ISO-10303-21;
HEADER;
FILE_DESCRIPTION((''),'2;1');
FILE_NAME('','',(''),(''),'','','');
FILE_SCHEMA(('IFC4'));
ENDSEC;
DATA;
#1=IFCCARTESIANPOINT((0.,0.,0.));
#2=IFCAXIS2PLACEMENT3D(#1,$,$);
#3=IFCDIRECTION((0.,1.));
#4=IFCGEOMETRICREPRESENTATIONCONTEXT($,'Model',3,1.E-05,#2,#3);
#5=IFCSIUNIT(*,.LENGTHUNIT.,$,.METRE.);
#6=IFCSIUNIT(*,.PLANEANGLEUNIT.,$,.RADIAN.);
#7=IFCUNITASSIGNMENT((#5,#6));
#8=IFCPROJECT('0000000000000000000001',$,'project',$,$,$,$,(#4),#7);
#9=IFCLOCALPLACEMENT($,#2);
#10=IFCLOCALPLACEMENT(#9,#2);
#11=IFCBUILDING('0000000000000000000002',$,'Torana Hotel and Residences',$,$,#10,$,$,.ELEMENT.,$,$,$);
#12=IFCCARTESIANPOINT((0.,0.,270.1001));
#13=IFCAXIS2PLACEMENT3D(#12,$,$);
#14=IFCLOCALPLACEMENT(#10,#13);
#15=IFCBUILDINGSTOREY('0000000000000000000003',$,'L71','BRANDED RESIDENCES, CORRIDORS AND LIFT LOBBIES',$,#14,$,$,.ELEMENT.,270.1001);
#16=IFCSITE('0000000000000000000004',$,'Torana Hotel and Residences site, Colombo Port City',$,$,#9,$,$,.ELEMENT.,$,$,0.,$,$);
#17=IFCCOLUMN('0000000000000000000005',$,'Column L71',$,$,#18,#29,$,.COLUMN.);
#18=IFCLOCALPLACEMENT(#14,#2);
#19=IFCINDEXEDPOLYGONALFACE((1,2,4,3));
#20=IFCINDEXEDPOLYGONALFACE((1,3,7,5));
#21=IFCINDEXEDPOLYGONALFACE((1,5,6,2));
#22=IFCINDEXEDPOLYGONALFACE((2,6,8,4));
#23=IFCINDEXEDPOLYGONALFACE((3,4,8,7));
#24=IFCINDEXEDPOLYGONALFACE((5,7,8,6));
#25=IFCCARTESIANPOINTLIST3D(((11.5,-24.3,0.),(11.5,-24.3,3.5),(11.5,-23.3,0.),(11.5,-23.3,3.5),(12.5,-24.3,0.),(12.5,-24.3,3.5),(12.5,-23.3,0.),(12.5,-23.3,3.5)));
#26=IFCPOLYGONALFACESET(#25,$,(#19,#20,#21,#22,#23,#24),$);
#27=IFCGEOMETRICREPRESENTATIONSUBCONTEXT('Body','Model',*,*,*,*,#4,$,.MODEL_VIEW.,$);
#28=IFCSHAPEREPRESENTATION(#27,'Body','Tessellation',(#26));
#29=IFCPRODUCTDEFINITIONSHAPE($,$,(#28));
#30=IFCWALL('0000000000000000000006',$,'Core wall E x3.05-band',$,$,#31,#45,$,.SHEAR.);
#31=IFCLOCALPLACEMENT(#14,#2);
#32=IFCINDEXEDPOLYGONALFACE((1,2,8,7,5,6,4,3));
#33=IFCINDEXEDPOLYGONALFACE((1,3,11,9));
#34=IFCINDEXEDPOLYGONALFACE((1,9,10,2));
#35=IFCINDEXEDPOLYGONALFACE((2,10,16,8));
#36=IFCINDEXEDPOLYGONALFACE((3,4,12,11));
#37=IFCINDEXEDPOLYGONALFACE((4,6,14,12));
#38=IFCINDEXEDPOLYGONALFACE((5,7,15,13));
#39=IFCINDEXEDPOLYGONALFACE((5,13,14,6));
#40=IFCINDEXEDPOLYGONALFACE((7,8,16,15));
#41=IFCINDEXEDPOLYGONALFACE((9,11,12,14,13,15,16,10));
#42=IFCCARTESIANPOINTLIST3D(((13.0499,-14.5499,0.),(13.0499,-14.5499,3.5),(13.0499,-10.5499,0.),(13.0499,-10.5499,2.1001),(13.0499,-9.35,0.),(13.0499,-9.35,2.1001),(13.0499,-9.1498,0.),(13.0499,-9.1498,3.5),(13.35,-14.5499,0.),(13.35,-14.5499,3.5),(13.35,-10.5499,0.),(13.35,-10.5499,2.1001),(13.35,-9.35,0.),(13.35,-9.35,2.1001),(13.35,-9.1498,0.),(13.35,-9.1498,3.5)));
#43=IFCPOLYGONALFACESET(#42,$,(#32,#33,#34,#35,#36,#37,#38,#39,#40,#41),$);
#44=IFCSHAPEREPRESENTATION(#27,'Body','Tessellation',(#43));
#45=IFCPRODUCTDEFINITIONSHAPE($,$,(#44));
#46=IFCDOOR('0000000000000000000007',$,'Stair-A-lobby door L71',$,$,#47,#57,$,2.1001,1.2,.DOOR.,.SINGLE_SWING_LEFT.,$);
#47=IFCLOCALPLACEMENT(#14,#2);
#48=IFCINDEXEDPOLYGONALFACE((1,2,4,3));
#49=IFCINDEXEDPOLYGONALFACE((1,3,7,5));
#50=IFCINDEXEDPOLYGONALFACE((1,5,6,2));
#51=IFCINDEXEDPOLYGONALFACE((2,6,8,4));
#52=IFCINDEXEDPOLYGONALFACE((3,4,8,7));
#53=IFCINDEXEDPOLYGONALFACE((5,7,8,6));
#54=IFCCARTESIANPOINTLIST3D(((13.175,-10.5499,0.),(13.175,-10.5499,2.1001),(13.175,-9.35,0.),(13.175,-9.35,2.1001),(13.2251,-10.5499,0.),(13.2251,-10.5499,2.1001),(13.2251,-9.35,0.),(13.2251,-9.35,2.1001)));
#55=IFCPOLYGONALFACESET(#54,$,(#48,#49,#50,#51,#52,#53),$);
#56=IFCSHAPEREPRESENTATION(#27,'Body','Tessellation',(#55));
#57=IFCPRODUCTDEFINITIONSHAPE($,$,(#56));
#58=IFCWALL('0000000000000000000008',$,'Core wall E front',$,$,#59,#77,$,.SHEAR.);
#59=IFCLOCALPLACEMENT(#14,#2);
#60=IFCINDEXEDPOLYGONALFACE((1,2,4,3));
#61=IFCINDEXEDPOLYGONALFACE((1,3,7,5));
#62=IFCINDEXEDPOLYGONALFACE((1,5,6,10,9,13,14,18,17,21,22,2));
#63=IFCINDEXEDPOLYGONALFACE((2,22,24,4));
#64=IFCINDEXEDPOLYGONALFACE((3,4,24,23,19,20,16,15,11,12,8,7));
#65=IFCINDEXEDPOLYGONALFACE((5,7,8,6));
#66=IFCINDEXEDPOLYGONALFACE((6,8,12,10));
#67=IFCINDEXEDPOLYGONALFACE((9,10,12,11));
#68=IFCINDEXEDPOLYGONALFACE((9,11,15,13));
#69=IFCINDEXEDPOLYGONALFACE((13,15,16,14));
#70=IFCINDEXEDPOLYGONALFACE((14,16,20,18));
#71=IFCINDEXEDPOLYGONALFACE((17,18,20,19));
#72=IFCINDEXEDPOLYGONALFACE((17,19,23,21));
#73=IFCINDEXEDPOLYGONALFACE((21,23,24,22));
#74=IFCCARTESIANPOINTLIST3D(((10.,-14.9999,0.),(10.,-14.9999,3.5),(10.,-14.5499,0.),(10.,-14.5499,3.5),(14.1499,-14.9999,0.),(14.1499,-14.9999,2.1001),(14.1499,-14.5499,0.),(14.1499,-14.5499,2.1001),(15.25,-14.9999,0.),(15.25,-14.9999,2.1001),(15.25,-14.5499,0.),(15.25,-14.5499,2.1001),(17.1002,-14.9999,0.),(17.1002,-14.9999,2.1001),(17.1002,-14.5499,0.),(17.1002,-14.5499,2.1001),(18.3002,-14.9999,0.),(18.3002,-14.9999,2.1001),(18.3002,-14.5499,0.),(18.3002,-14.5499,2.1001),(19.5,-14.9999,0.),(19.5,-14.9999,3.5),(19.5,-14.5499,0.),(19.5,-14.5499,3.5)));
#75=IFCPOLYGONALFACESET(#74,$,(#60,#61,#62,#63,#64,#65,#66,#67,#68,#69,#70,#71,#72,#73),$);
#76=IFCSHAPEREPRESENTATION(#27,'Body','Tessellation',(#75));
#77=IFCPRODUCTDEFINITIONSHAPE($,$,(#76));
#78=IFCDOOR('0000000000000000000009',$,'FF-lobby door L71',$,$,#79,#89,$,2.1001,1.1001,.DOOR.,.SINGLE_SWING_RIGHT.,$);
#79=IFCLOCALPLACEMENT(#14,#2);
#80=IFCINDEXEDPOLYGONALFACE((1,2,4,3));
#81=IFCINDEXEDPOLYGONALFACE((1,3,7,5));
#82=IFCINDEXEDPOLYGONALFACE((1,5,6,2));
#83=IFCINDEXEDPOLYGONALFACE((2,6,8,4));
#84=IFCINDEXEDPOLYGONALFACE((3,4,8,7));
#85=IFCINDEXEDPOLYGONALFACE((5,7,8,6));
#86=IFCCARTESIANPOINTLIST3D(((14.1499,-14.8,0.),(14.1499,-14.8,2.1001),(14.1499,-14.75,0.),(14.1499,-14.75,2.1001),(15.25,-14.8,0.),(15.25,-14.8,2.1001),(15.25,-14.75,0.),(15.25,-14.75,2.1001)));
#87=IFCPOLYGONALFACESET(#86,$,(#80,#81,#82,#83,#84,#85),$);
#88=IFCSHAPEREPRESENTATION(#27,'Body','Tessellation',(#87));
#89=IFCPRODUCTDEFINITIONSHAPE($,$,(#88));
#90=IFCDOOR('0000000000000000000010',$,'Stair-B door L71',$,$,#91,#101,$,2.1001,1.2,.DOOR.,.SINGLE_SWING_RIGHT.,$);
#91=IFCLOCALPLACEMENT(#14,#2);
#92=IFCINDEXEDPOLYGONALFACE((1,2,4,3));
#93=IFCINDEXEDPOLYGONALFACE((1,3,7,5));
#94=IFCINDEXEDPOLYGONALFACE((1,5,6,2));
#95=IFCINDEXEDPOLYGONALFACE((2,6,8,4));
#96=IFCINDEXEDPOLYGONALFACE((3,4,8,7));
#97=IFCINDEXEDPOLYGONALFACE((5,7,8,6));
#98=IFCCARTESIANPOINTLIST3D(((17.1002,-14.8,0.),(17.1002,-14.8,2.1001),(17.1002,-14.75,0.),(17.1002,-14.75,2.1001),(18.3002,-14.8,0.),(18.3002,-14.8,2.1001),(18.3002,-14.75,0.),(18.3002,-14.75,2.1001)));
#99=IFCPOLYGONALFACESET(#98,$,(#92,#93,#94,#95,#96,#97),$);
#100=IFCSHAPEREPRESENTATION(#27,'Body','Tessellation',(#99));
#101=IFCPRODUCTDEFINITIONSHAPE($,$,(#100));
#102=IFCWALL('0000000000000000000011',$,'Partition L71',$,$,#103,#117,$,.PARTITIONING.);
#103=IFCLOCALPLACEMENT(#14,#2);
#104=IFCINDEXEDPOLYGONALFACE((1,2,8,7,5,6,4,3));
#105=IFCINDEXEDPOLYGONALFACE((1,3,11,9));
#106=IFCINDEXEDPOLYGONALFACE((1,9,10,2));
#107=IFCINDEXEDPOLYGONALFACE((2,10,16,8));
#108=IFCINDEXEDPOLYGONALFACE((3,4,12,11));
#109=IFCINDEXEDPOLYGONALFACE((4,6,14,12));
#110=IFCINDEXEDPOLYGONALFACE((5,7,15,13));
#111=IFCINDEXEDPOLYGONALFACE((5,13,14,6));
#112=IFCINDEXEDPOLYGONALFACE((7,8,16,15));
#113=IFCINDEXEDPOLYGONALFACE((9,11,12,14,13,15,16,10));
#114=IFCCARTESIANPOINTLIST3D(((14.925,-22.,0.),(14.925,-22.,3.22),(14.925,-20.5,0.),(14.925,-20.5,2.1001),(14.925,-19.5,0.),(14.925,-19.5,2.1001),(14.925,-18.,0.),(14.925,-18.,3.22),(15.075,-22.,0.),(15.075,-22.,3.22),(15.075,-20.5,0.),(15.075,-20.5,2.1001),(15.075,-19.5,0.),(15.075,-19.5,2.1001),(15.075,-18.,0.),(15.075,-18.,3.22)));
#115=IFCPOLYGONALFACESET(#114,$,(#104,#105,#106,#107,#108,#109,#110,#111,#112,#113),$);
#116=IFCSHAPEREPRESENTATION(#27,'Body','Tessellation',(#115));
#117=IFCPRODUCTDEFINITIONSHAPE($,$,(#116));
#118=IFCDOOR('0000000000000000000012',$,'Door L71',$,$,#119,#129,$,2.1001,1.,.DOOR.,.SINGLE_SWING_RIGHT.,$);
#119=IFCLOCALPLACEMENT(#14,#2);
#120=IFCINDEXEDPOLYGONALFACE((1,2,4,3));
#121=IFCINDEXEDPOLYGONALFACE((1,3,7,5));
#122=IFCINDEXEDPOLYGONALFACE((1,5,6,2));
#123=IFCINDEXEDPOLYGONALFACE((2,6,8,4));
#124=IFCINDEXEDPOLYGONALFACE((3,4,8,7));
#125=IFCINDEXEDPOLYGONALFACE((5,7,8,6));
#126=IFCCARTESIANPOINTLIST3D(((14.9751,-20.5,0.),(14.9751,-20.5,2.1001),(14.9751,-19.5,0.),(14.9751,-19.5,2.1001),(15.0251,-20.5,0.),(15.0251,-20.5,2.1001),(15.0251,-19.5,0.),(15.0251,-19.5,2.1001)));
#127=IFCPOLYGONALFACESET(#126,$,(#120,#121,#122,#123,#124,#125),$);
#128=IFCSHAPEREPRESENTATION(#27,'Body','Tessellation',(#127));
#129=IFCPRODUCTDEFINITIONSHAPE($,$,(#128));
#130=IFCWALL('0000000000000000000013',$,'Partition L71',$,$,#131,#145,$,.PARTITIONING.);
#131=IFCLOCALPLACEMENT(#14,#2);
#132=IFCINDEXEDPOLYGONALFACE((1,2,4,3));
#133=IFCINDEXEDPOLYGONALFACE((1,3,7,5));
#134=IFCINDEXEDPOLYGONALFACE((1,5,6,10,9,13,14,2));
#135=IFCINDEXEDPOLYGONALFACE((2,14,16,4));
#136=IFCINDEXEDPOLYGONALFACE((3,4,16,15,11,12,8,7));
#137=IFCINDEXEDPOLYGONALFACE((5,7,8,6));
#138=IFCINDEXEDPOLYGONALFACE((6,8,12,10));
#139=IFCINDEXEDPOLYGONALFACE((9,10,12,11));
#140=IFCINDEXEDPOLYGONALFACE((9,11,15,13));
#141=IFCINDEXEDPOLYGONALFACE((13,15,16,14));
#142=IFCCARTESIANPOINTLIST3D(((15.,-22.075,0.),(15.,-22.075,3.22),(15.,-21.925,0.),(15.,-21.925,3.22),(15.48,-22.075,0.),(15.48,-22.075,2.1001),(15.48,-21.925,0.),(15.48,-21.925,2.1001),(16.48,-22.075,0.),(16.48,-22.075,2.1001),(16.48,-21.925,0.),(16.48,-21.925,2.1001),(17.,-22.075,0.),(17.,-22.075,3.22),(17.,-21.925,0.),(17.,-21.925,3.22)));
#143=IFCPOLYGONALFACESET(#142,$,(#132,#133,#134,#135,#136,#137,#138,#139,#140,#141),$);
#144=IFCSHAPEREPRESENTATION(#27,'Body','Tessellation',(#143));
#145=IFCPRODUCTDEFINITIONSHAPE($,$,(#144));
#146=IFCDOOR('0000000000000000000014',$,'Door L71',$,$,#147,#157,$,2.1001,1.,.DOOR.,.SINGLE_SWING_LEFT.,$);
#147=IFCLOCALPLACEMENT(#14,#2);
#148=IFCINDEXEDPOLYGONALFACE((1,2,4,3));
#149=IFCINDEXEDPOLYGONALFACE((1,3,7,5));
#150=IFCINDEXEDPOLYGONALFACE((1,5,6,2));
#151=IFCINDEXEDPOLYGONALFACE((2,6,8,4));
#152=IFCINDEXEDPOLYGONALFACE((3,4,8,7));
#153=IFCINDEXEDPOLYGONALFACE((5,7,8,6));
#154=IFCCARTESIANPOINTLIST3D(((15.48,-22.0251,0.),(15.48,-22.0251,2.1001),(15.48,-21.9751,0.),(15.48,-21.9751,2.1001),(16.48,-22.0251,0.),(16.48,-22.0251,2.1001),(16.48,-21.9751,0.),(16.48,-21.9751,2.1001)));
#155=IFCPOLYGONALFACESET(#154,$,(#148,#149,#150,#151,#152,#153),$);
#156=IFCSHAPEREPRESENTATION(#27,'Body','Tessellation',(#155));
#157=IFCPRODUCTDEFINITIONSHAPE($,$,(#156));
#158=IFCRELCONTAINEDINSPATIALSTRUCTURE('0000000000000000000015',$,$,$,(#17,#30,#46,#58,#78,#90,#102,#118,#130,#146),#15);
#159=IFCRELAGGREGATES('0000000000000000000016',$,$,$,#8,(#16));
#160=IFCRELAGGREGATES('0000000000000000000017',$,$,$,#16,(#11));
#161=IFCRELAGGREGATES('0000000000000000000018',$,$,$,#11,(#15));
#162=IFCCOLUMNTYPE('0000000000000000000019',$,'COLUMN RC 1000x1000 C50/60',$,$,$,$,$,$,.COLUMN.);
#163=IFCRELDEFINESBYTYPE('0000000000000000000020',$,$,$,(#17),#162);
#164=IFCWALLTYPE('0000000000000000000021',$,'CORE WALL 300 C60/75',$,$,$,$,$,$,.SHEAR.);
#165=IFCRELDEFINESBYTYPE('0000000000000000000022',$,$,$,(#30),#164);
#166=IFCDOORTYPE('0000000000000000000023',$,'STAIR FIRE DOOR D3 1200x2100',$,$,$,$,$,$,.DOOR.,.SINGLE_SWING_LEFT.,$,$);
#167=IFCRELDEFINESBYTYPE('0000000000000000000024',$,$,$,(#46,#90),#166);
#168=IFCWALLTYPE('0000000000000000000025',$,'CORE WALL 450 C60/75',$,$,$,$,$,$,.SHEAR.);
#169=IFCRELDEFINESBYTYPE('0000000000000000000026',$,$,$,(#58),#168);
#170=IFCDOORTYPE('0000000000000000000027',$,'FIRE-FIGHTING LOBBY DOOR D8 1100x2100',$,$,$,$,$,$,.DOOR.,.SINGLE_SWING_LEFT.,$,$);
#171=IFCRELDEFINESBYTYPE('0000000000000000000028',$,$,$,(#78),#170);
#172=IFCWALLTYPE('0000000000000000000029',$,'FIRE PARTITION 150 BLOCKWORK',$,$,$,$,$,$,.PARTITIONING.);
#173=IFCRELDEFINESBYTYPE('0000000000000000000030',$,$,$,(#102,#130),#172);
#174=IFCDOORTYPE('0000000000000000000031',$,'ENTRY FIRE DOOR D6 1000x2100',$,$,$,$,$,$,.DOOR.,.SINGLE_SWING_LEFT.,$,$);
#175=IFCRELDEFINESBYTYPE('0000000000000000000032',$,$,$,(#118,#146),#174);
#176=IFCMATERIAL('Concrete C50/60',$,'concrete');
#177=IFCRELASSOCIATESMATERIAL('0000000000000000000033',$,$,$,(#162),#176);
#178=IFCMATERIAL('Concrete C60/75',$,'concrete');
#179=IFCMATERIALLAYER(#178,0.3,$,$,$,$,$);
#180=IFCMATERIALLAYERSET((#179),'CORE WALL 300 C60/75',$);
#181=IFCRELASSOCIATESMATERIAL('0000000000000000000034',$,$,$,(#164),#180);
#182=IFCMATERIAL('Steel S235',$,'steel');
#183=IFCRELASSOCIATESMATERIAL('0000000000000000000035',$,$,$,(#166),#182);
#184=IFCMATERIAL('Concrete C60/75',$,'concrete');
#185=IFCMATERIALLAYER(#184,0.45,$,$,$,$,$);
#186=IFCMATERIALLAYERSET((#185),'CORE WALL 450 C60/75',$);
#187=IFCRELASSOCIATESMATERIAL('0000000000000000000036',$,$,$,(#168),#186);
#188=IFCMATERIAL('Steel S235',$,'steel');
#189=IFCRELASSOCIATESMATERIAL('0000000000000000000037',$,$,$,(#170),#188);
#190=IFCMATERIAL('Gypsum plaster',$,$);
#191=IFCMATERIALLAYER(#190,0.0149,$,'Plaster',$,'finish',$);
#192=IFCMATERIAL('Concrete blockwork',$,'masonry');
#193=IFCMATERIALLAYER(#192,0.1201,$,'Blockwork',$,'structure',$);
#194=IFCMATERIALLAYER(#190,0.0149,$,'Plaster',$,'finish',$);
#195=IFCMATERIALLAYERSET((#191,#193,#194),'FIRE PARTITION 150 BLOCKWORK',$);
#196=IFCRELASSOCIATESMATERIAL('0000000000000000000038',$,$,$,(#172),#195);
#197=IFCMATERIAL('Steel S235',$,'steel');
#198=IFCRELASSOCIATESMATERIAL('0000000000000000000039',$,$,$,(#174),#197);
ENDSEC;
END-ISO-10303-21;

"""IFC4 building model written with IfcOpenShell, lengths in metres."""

from ifc_helpers import new_model, si_unit, direction, frame, frame_2d, origin, origin_2d, place, context, subcontext, project, spatial, rectangle, extrude, material, layer, layer_set, material_profile, profile_set, type_object, element, fill, save


model = new_model("IFC4")

# Units and contexts
model_context = context("Model", 3, precision=1e-05, world=origin(), true_north=direction((0.0, 1.0)))
body_context = subcontext(model_context, "Body", "Model", "MODEL_VIEW")
ifc_project = project(units=[si_unit("LENGTHUNIT", "METRE"), si_unit("PLANEANGLEUNIT", "RADIAN")], contexts=[model_context])

# Site, building, storey
site_placement = place(None, origin())
site = spatial("IfcSite", under=ifc_project, at=site_placement, Name="Torana Hotel and Residences site, Colombo Port City", CompositionType="ELEMENT", RefElevation=0.0)
building_placement = place(site_placement, origin())
building = spatial("IfcBuilding", under=site, at=building_placement, Name="Torana Hotel and Residences", CompositionType="ELEMENT")
storey_placement = place(building_placement, frame((0.0, 0.0, 270.1001)))
storey = spatial("IfcBuildingStorey", under=building, at=storey_placement, Name="L71", Description="BRANDED RESIDENCES, CORRIDORS AND LIFT LOBBIES", CompositionType="ELEMENT", Elevation=270.1001)

# Column
ifc_material_1 = material(Name="Concrete C50/60", Category="concrete")
ifc_material_profile = material_profile(ifc_material_1, rectangle(XDim=1.0, YDim=1.0, at=origin_2d()), Name="RC 1000x1000")
ifc_profile_set = profile_set([ifc_material_profile], Name="Concrete C50/60")
column_type = type_object("IfcColumnType", Name="COLUMN RC 1000x1000 C50/60", PredefinedType="COLUMN", material=ifc_profile_set)
column_placement = place(storey_placement, frame((12.0, -23.8, 0.0), z_axis=(0.0, 0.0, 1.0), x_axis=(1.0, 0.0, 0.0)))
element("IfcColumn", 1, at=column_placement, inside=storey, type_object=column_type, Name="Column L71", PredefinedType="COLUMN", context=body_context, shape_type="SweptSolid", body=[
    extrude(rectangle(XDim=1.0, YDim=1.0, at=origin_2d()), origin(), (0.0, 0.0, 1.0), 3.5),
])

# Wall, opening, door
ifc_material_2 = material(Name="Concrete C60/75", Category="concrete")
ifc_layer_1 = layer(ifc_material_2, 0.3)
ifc_layer_set_1 = layer_set([ifc_layer_1], Name="CORE WALL 300 C60/75")
wall_type_1 = type_object("IfcWallType", Name="CORE WALL 300 C60/75", PredefinedType="SHEAR", material=ifc_layer_set_1)
wall_1_placement = place(storey_placement, frame((13.2, -14.55, 0.0), z_axis=(0.0, 0.0, 1.0), x_axis=(0.0, 1.0, 0.0)))
wall_1 = element("IfcWall", 2, at=wall_1_placement, inside=storey, type_object=wall_type_1, Name="Core wall E x3.05-band", PredefinedType="SHEAR", context=body_context, shape_type="SweptSolid", body=[
    extrude(rectangle(XDim=5.4001, YDim=0.3, at=frame_2d((2.7002, 0.0))), origin(), (0.0, 0.0, 1.0), 3.5),
])
opening_1_placement = place(wall_1_placement, frame((4.0, 0.0, 0.0)))
opening_1 = element("IfcOpeningElement", 3, at=opening_1_placement, cuts=wall_1, PredefinedType="OPENING", context=body_context, shape_type="SweptSolid", body=[
    extrude(rectangle(XDim=1.2, YDim=2.1001, at=frame_2d((0.6001, 1.05))), frame((0.0, 0.1599, 0.0), z_axis=(0.0, -1.0, 0.0), x_axis=(1.0, 0.0, 0.0)), (0.0, 0.0, 1.0), 0.3201),
])
ifc_material_3 = material(Name="Steel S235", Category="steel")
door_type_1 = type_object("IfcDoorType", Name="STAIR FIRE DOOR D3 1200x2100", OperationType="SINGLE_SWING_LEFT", PredefinedType="DOOR", material=ifc_material_3)
door_1_placement = place(opening_1_placement, origin())
door_1 = element("IfcDoor", 4, at=door_1_placement, inside=storey, type_object=door_type_1, Name="Stair-A-lobby door L71", OperationType="SINGLE_SWING_LEFT", OverallHeight=2.1001, OverallWidth=1.2, PredefinedType="DOOR", context=body_context, shape_type="SweptSolid", body=[
    extrude(rectangle(XDim=1.2, YDim=2.1001, at=frame_2d((0.6001, 1.05))), frame((0.0, 0.0249, 0.0), z_axis=(0.0, -1.0, 0.0), x_axis=(1.0, 0.0, 0.0)), (0.0, 0.0, 1.0), 0.05),
])
fill(opening_1, door_1)

# Wall, openings, doors
ifc_material_4 = material(Name="Concrete C60/75", Category="concrete")
ifc_layer_2 = layer(ifc_material_4, 0.45)
ifc_layer_set_2 = layer_set([ifc_layer_2], Name="CORE WALL 450 C60/75")
wall_type_2 = type_object("IfcWallType", Name="CORE WALL 450 C60/75", PredefinedType="SHEAR", material=ifc_layer_set_2)
wall_2_placement = place(storey_placement, frame((10.0, -14.7749, 0.0), z_axis=(0.0, 0.0, 1.0), x_axis=(1.0, 0.0, 0.0)))
wall_2 = element("IfcWall", 5, at=wall_2_placement, inside=storey, type_object=wall_type_2, Name="Core wall E front", PredefinedType="SHEAR", context=body_context, shape_type="SweptSolid", body=[
    extrude(rectangle(XDim=9.5, YDim=0.45, at=frame_2d((4.75, 0.0))), origin(), (0.0, 0.0, 1.0), 3.5),
])
opening_2_placement = place(wall_2_placement, frame((7.1001, 0.0, 0.0)))
opening_2 = element("IfcOpeningElement", 6, at=opening_2_placement, cuts=wall_2, PredefinedType="OPENING", context=body_context, shape_type="SweptSolid", body=[
    extrude(rectangle(XDim=1.2, YDim=2.1001, at=frame_2d((0.6001, 1.05))), frame((0.0, 0.2349, 0.0), z_axis=(0.0, -1.0, 0.0), x_axis=(1.0, 0.0, 0.0)), (0.0, 0.0, 1.0), 0.47),
])
opening_3_placement = place(wall_2_placement, frame((4.1499, 0.0, 0.0)))
opening_3 = element("IfcOpeningElement", 7, at=opening_3_placement, cuts=wall_2, PredefinedType="OPENING", context=body_context, shape_type="SweptSolid", body=[
    extrude(rectangle(XDim=1.1001, YDim=2.1001, at=frame_2d((0.55, 1.05))), frame((0.0, 0.2349, 0.0), z_axis=(0.0, -1.0, 0.0), x_axis=(1.0, 0.0, 0.0)), (0.0, 0.0, 1.0), 0.47),
])
ifc_material_5 = material(Name="Steel S235", Category="steel")
door_type_2 = type_object("IfcDoorType", Name="FIRE-FIGHTING LOBBY DOOR D8 1100x2100", OperationType="SINGLE_SWING_LEFT", PredefinedType="DOOR", material=ifc_material_5)
door_2_placement = place(opening_3_placement, origin())
door_2 = element("IfcDoor", 8, at=door_2_placement, inside=storey, type_object=door_type_2, Name="FF-lobby door L71", OperationType="SINGLE_SWING_RIGHT", OverallHeight=2.1001, OverallWidth=1.1001, PredefinedType="DOOR", context=body_context, shape_type="SweptSolid", body=[
    extrude(rectangle(XDim=1.1001, YDim=2.1001, at=frame_2d((0.55, 1.05))), frame((0.0, 0.0249, 0.0), z_axis=(0.0, -1.0, 0.0), x_axis=(1.0, 0.0, 0.0)), (0.0, 0.0, 1.0), 0.05),
])
fill(opening_3, door_2)
door_3_placement = place(opening_2_placement, origin())
door_3 = element("IfcDoor", 9, at=door_3_placement, inside=storey, type_object=door_type_1, Name="Stair-B door L71", OperationType="SINGLE_SWING_RIGHT", OverallHeight=2.1001, OverallWidth=1.2, PredefinedType="DOOR", context=body_context, shape_type="SweptSolid", body=[
    extrude(rectangle(XDim=1.2, YDim=2.1001, at=frame_2d((0.6001, 1.05))), frame((0.0, 0.0249, 0.0), z_axis=(0.0, -1.0, 0.0), x_axis=(1.0, 0.0, 0.0)), (0.0, 0.0, 1.0), 0.05),
])
fill(opening_2, door_3)

# Walls, openings, doors
ifc_material_6 = material(Name="Gypsum plaster")
ifc_layer_3 = layer(ifc_material_6, 0.0149, Name="Plaster", Category="finish")
ifc_material_7 = material(Name="Concrete blockwork", Category="masonry")
ifc_layer_4 = layer(ifc_material_7, 0.1201, Name="Blockwork", Category="structure")
ifc_layer_5 = layer(ifc_material_6, 0.0149, Name="Plaster", Category="finish")
ifc_layer_set_3 = layer_set([ifc_layer_3, ifc_layer_4, ifc_layer_5], Name="FIRE PARTITION 150 BLOCKWORK")
wall_type_3 = type_object("IfcWallType", Name="FIRE PARTITION 150 BLOCKWORK", PredefinedType="PARTITIONING", material=ifc_layer_set_3)
wall_3_placement = place(storey_placement, frame((15.0, -22.0, 0.0), z_axis=(0.0, 0.0, 1.0), x_axis=(0.0, 1.0, 0.0)))
wall_3 = element("IfcWall", 10, at=wall_3_placement, inside=storey, type_object=wall_type_3, Name="Partition L71", PredefinedType="PARTITIONING", context=body_context, shape_type="SweptSolid", body=[
    extrude(rectangle(XDim=4.0, YDim=0.1499, at=frame_2d((2.0, 0.0))), origin(), (0.0, 0.0, 1.0), 3.22),
])
opening_4_placement = place(wall_3_placement, frame((1.5, 0.0, 0.0)))
opening_4 = element("IfcOpeningElement", 11, at=opening_4_placement, cuts=wall_3, PredefinedType="OPENING", context=body_context, shape_type="SweptSolid", body=[
    extrude(rectangle(XDim=1.0, YDim=2.1001, at=frame_2d((0.5, 1.05))), frame((0.0, 0.085, 0.0), z_axis=(0.0, -1.0, 0.0), x_axis=(1.0, 0.0, 0.0)), (0.0, 0.0, 1.0), 0.1699),
])
ifc_material_8 = material(Name="Steel S235", Category="steel")
door_type_3 = type_object("IfcDoorType", Name="ENTRY FIRE DOOR D6 1000x2100", OperationType="SINGLE_SWING_LEFT", PredefinedType="DOOR", material=ifc_material_8)
door_4_placement = place(opening_4_placement, origin())
door_4 = element("IfcDoor", 12, at=door_4_placement, inside=storey, type_object=door_type_3, Name="Door L71", OperationType="SINGLE_SWING_RIGHT", OverallHeight=2.1001, OverallWidth=1.0, PredefinedType="DOOR", context=body_context, shape_type="SweptSolid", body=[
    extrude(rectangle(XDim=1.0, YDim=2.1001, at=frame_2d((0.5, 1.05))), frame((0.0, 0.0249, 0.0), z_axis=(0.0, -1.0, 0.0), x_axis=(1.0, 0.0, 0.0)), (0.0, 0.0, 1.0), 0.05),
])
fill(opening_4, door_4)
wall_4_placement = place(storey_placement, frame((15.0, -22.0, 0.0), z_axis=(0.0, 0.0, 1.0), x_axis=(1.0, 0.0, 0.0)))
wall_4 = element("IfcWall", 13, at=wall_4_placement, inside=storey, type_object=wall_type_3, Name="Partition L71", PredefinedType="PARTITIONING", context=body_context, shape_type="SweptSolid", body=[
    extrude(rectangle(XDim=2.0, YDim=0.1499, at=frame_2d((1.0, 0.0))), origin(), (0.0, 0.0, 1.0), 3.22),
])
opening_5_placement = place(wall_4_placement, frame((0.48, 0.0, 0.0)))
opening_5 = element("IfcOpeningElement", 14, at=opening_5_placement, cuts=wall_4, PredefinedType="OPENING", context=body_context, shape_type="SweptSolid", body=[
    extrude(rectangle(XDim=1.0, YDim=2.1001, at=frame_2d((0.5, 1.05))), frame((0.0, 0.085, 0.0), z_axis=(0.0, -1.0, 0.0), x_axis=(1.0, 0.0, 0.0)), (0.0, 0.0, 1.0), 0.1699),
])
door_5_placement = place(opening_5_placement, frame((0.5, 0.0, 0.0), z_axis=(0.0, 0.0, 1.0), x_axis=(-1.0, 0.0, 0.0)))
door_5 = element("IfcDoor", 15, at=door_5_placement, inside=storey, type_object=door_type_3, Name="Door L71", OperationType="SINGLE_SWING_LEFT", OverallHeight=2.1001, OverallWidth=1.0, PredefinedType="DOOR", context=body_context, shape_type="SweptSolid", body=[
    extrude(rectangle(XDim=1.0, YDim=2.1001, at=frame_2d((0.0, 1.05))), frame((0.0, -0.0249, 0.0), z_axis=(0.0, 1.0, 0.0), x_axis=(-1.0, 0.0, 0.0)), (0.0, 0.0, 1.0), 0.05),
])
fill(opening_5, door_5)

save(model, "model.ifc")
